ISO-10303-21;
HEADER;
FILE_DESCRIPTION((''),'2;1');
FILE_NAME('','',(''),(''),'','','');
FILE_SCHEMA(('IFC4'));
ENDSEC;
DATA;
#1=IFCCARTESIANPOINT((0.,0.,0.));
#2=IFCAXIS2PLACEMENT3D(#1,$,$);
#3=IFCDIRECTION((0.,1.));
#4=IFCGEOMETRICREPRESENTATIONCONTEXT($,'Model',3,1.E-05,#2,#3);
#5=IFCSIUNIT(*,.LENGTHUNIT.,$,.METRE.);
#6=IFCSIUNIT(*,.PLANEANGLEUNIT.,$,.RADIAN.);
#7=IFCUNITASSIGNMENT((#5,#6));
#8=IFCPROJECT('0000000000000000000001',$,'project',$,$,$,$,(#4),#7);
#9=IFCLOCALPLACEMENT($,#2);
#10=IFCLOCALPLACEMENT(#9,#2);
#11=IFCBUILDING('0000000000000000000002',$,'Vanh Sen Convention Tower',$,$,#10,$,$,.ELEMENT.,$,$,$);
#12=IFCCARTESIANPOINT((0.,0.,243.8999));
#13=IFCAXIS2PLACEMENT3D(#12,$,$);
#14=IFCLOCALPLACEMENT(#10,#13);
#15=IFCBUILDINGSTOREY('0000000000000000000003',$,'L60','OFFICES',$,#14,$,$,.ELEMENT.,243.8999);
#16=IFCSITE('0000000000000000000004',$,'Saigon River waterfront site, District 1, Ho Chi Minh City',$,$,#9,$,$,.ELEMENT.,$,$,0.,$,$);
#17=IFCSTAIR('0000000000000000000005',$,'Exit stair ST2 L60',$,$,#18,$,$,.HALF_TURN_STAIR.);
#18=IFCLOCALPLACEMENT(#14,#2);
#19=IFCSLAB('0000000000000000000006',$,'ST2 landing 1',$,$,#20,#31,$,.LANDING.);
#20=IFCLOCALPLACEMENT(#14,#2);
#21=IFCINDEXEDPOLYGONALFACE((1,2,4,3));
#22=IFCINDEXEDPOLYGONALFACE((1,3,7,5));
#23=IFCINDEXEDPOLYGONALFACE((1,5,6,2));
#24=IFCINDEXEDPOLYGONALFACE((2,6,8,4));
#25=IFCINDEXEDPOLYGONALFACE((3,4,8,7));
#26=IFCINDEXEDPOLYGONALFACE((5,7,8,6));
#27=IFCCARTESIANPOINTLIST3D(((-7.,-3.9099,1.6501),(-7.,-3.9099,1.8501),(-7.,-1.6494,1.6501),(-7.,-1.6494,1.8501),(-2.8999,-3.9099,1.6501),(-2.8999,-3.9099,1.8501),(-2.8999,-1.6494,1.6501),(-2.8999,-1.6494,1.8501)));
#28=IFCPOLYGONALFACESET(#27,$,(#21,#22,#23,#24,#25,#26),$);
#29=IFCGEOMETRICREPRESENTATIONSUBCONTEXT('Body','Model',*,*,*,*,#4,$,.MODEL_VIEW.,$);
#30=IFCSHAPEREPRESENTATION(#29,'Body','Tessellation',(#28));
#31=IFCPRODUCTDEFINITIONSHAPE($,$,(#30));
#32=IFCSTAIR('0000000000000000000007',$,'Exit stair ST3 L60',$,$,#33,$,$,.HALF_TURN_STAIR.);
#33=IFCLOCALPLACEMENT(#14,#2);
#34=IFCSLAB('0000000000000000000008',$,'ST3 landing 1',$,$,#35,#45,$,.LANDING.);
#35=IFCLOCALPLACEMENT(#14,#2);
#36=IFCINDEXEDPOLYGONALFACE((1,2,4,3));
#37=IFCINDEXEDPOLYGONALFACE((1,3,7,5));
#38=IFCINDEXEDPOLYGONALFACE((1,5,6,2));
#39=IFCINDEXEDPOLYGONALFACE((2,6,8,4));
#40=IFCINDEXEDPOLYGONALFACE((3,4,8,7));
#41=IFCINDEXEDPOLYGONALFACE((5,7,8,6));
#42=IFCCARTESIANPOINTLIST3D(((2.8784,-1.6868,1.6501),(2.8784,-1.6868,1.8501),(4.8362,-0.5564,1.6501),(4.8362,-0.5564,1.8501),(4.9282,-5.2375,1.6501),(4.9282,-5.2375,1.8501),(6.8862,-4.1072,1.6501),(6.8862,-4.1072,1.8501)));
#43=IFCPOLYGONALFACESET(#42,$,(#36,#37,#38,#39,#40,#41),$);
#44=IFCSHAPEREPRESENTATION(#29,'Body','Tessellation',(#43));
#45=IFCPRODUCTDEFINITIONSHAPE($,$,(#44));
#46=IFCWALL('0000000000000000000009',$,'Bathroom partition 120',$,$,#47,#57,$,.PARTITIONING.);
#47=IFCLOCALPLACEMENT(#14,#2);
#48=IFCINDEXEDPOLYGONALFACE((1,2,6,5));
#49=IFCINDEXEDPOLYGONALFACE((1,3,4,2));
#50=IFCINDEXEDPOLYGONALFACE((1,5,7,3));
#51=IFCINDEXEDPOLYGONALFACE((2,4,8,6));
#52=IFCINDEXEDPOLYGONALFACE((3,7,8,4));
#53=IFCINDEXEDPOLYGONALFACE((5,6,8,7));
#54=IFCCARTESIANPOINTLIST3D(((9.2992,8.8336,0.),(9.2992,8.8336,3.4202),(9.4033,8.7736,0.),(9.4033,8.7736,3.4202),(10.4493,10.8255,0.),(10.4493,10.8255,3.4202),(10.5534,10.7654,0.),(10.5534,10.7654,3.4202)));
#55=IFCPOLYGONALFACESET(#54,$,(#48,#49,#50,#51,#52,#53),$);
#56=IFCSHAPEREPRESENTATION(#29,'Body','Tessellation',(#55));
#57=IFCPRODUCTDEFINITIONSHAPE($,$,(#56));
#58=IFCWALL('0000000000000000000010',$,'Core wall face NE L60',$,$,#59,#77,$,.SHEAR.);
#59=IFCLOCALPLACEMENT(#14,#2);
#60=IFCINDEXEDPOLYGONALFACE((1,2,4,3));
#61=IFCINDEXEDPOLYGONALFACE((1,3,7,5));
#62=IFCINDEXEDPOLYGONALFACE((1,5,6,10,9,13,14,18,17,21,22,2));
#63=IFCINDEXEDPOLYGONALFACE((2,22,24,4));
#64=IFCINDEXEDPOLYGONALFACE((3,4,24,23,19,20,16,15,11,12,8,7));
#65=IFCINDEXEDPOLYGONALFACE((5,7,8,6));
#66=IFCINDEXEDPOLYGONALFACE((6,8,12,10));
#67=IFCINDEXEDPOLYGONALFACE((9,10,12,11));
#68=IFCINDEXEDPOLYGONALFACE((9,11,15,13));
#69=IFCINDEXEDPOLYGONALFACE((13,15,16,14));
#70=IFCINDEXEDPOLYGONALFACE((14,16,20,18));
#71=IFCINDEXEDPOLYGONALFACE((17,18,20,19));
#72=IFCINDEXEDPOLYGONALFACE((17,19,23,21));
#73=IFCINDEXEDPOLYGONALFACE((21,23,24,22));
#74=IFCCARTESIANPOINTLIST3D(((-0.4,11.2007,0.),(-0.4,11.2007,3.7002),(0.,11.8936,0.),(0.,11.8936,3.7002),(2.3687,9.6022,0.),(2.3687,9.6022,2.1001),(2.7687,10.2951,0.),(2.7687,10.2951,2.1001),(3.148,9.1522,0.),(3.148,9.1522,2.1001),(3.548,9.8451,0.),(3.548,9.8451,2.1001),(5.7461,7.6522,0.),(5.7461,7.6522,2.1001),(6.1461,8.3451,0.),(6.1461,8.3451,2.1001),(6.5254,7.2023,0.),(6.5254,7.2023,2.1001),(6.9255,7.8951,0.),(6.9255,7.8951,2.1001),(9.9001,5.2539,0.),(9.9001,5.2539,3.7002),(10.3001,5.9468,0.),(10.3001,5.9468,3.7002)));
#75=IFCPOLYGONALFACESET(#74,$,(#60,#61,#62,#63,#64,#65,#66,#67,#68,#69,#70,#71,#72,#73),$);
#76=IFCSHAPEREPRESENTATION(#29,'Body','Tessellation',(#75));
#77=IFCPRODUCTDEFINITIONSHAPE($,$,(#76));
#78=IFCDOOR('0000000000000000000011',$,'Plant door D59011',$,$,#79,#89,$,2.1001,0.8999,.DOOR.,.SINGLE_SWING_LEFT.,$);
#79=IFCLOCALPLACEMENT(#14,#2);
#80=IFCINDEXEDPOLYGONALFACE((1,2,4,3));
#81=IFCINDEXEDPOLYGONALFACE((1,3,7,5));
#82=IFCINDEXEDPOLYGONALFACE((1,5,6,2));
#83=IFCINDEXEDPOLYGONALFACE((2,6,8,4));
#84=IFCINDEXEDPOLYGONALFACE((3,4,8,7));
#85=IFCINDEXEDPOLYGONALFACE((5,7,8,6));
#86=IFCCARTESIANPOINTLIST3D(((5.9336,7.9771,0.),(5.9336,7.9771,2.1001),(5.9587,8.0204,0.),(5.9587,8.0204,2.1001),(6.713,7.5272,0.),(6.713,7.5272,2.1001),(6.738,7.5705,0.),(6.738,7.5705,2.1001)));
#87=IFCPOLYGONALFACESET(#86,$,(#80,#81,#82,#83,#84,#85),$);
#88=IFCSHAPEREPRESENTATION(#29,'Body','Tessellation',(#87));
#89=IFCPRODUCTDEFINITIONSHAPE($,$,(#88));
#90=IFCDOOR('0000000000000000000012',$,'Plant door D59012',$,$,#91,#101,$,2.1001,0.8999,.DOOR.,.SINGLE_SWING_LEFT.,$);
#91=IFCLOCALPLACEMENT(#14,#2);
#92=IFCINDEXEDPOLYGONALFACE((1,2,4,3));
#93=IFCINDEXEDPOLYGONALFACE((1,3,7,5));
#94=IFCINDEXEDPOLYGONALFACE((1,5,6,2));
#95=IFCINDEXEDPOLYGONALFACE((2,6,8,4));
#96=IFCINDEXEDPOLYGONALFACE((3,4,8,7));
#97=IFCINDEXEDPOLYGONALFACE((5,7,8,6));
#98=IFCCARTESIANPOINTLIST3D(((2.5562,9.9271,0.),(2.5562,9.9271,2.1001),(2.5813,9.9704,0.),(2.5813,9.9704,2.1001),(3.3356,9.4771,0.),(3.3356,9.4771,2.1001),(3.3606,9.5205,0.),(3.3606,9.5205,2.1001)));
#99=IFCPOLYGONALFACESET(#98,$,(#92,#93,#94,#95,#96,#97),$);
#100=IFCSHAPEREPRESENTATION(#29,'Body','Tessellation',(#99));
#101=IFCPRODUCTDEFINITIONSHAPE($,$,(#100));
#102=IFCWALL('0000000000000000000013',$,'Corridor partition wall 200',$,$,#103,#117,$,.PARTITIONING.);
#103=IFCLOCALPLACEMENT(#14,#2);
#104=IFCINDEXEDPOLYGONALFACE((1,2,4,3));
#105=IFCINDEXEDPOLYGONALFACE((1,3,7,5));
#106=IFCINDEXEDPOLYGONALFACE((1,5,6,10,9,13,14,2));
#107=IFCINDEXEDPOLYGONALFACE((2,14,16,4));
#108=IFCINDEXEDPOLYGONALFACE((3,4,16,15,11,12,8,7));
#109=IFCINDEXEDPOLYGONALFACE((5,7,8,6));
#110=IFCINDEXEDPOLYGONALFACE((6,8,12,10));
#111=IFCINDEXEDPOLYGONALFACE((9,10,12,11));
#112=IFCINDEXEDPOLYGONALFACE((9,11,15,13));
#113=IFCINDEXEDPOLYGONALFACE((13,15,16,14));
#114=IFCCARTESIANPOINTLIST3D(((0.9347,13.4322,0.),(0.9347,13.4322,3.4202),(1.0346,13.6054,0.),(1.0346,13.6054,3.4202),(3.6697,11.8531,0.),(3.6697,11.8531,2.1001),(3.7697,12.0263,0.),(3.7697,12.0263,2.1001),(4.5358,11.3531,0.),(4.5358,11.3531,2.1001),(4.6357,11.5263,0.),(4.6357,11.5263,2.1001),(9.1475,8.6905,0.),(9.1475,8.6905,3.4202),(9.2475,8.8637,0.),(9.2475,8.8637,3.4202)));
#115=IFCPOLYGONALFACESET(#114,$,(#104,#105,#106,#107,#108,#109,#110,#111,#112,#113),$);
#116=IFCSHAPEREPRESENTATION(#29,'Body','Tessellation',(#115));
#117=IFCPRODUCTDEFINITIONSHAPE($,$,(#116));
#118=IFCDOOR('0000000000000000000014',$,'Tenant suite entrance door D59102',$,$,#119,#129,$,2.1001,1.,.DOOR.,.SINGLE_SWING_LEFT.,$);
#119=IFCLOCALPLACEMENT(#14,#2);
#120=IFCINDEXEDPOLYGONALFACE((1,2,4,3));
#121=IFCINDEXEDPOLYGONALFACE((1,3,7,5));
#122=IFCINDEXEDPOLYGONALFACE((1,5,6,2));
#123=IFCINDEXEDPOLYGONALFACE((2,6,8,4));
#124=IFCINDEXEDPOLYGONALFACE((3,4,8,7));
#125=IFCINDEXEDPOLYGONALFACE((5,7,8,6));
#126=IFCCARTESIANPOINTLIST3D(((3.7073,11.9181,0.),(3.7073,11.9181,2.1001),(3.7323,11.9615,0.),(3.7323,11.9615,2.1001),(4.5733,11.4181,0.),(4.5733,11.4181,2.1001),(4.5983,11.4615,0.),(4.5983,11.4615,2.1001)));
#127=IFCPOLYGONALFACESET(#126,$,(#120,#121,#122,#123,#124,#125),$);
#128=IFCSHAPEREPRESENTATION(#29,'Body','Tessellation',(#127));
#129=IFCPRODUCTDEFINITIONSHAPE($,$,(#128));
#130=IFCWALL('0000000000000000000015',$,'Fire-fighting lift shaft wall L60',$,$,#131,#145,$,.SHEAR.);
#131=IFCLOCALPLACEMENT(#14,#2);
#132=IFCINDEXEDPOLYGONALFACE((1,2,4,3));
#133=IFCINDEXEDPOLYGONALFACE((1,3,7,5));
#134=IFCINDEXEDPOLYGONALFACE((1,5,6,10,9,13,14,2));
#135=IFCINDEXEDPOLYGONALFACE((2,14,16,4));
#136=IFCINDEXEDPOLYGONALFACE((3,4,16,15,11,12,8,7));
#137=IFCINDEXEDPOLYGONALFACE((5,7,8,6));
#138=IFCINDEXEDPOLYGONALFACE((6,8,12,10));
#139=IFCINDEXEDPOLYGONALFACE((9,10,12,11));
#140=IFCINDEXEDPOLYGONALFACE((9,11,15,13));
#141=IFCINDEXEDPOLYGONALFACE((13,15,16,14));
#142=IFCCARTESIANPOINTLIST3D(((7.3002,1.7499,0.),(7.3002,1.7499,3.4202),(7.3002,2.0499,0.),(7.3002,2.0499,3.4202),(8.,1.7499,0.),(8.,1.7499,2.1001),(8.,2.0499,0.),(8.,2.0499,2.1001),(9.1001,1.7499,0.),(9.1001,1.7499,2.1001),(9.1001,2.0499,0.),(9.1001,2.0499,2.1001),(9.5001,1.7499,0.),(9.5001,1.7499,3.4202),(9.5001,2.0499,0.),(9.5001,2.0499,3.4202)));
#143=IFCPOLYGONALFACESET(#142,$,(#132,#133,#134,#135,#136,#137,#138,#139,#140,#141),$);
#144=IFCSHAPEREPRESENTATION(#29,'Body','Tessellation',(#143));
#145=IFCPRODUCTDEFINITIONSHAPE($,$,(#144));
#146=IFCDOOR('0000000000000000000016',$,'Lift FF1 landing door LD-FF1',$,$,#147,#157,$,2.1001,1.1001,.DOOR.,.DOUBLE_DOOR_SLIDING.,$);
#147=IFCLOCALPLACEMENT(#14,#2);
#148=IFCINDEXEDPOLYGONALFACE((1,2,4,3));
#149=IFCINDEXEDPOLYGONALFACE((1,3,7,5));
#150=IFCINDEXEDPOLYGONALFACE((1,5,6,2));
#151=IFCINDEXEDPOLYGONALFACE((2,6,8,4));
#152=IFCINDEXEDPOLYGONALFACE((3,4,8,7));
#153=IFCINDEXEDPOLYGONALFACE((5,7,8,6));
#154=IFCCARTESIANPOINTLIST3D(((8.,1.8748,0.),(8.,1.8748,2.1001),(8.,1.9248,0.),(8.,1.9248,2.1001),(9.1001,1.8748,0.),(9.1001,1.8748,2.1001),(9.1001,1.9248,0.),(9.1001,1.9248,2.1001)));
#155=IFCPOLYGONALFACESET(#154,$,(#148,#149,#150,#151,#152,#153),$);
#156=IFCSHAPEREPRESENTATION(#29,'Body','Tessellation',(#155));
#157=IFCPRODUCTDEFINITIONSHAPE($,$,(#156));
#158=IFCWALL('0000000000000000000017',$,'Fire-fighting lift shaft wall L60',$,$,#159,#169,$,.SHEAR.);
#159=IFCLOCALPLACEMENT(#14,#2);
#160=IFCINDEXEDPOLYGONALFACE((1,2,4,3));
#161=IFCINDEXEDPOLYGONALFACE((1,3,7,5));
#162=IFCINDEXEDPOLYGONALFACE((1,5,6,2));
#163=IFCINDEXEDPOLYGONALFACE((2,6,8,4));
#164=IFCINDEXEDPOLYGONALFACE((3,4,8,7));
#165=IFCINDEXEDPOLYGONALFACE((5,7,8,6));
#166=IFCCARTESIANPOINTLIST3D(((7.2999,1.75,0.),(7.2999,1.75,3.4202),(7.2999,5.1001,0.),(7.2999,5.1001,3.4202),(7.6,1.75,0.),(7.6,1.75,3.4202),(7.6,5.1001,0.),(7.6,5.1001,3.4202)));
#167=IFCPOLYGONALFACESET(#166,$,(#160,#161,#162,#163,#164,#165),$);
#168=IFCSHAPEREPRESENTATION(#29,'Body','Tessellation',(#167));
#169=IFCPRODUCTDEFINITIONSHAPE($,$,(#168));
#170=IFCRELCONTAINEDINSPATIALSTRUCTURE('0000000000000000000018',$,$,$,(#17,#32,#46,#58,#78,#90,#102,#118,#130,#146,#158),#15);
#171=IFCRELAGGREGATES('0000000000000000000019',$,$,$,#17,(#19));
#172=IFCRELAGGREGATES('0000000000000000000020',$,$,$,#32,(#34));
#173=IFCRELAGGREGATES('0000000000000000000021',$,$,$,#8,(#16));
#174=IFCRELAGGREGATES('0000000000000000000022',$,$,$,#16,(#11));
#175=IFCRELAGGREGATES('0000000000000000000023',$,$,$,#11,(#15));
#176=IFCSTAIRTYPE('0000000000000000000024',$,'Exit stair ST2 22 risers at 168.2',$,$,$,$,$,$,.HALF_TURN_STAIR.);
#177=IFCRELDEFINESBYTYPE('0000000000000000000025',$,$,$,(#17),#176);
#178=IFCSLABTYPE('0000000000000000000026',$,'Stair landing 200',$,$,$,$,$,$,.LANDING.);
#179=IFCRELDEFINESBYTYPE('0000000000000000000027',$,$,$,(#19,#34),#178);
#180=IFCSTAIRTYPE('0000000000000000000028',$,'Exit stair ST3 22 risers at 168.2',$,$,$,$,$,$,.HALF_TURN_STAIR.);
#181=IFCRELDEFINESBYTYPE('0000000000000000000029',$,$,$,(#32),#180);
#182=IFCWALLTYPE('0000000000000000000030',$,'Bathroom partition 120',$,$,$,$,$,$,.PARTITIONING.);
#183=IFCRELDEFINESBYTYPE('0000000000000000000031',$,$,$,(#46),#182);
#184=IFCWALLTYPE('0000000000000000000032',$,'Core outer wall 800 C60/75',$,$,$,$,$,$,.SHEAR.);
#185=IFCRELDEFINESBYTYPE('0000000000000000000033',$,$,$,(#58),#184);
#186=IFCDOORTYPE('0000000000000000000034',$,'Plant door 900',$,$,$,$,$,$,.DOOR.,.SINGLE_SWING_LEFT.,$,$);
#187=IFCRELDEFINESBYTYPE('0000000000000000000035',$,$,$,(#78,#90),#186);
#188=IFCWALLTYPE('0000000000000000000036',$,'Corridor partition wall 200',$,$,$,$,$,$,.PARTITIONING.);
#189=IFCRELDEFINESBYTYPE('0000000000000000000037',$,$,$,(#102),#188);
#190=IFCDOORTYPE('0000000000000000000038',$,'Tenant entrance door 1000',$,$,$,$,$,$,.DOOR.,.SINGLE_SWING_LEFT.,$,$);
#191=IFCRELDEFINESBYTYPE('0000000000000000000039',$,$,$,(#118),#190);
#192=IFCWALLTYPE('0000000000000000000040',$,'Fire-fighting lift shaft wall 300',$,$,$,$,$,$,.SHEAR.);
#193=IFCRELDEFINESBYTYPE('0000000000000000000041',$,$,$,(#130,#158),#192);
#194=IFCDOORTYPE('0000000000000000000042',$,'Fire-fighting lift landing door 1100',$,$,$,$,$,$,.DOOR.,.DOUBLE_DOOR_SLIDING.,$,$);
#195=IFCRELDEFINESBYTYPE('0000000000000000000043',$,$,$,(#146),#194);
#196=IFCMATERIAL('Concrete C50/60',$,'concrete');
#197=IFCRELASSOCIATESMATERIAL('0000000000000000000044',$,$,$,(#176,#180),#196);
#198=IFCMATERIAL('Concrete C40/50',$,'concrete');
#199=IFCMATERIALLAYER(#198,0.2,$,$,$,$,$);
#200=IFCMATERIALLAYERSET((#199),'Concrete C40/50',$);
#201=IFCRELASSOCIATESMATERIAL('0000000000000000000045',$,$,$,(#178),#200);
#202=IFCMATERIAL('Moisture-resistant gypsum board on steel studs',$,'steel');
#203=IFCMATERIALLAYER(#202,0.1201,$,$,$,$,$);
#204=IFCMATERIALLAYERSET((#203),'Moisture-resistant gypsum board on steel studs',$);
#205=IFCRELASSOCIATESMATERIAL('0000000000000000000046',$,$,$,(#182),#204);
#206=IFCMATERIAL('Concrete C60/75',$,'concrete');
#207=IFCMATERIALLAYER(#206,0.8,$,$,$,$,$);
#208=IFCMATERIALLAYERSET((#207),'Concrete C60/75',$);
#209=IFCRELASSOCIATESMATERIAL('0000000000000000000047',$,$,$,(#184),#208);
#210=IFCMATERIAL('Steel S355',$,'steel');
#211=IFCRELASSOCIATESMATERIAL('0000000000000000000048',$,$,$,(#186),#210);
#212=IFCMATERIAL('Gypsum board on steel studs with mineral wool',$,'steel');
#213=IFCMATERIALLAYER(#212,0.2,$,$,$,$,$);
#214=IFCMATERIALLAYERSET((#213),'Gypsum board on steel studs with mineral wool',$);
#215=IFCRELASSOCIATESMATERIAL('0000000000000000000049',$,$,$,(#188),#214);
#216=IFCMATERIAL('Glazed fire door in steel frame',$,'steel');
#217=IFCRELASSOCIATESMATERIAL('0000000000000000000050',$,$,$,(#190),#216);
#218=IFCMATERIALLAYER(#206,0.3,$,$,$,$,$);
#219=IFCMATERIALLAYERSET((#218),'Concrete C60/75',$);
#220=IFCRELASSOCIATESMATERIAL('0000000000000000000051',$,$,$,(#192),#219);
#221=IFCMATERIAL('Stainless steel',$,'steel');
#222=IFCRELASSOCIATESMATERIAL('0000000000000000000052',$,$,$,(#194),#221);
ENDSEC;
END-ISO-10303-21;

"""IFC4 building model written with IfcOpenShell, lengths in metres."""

from ifc_helpers import new_model, si_unit, direction, frame, frame_2d, origin, place, context, subcontext, project, spatial, polyline, rectangle, outline, extrude, material, layer, layer_set, type_object, element, fill, aggregate, save


model = new_model("IFC4")

# Units and contexts
model_context = context("Model", 3, precision=1e-05, world=origin(), true_north=direction((0.0, 1.0)))
body_context = subcontext(model_context, "Body", "Model", "MODEL_VIEW")
ifc_project = project(units=[si_unit("LENGTHUNIT", "METRE"), si_unit("PLANEANGLEUNIT", "RADIAN")], contexts=[model_context])

# Site, building, storey
site_placement = place(None, origin())
site = spatial("IfcSite", under=ifc_project, at=site_placement, Name="Saigon River waterfront site, District 1, Ho Chi Minh City", CompositionType="ELEMENT", RefElevation=0.0)
building_placement = place(site_placement, origin())
building = spatial("IfcBuilding", under=site, at=building_placement, Name="Vanh Sen Convention Tower", CompositionType="ELEMENT")
storey_placement = place(building_placement, frame((0.0, 0.0, 243.8999)))
storey = spatial("IfcBuildingStorey", under=building, at=storey_placement, Name="L60", Description="OFFICES", CompositionType="ELEMENT", Elevation=243.8999)

# Stairs, slabs
ifc_material_1 = material(Name="Concrete C50/60", Category="concrete")
stair_type_1 = type_object("IfcStairType", Name="Exit stair ST2 22 risers at 168.2", PredefinedType="HALF_TURN_STAIR", material=ifc_material_1)
stair_1_placement = place(storey_placement, origin())
stair_1 = element("IfcStair", 1, at=stair_1_placement, inside=storey, type_object=stair_type_1, Name="Exit stair ST2 L60", PredefinedType="HALF_TURN_STAIR")
ifc_material_2 = material(Name="Concrete C40/50", Category="concrete")
ifc_layer_1 = layer(ifc_material_2, 0.2)
ifc_layer_set_1 = layer_set([ifc_layer_1], Name="Concrete C40/50")
slab_type = type_object("IfcSlabType", Name="Stair landing 200", PredefinedType="LANDING", material=ifc_layer_set_1)
slab_1_placement = place(storey_placement, frame((0.0, 0.0, 1.6501)))
slab_1 = element("IfcSlab", 2, at=slab_1_placement, type_object=slab_type, Name="ST2 landing 1", PredefinedType="LANDING", context=body_context, shape_type="SweptSolid", body=[
    extrude(outline(polyline([(-7.0, -1.6494), (-7.0, -3.9099), (-2.8999, -3.9099), (-2.8999, -1.6494), (-7.0, -1.6494)])), origin(), (0.0, 0.0, 1.0), 0.2),
])
aggregate(stair_1, [slab_1])
stair_type_2 = type_object("IfcStairType", Name="Exit stair ST3 22 risers at 168.2", PredefinedType="HALF_TURN_STAIR", material=ifc_material_1)
stair_2_placement = place(storey_placement, origin())
stair_2 = element("IfcStair", 3, at=stair_2_placement, inside=storey, type_object=stair_type_2, Name="Exit stair ST3 L60", PredefinedType="HALF_TURN_STAIR")
slab_2_placement = place(storey_placement, frame((0.0, 0.0, 1.6501)))
slab_2 = element("IfcSlab", 4, at=slab_2_placement, type_object=slab_type, Name="ST3 landing 1", PredefinedType="LANDING", context=body_context, shape_type="SweptSolid", body=[
    extrude(outline(polyline([(4.9282, -5.2375), (6.8862, -4.1072), (4.8362, -0.5564), (2.8784, -1.6868), (4.9282, -5.2375)])), origin(), (0.0, 0.0, 1.0), 0.2),
])
aggregate(stair_2, [slab_2])

# Wall
ifc_material_3 = material(Name="Moisture-resistant gypsum board on steel studs", Category="steel")
ifc_layer_2 = layer(ifc_material_3, 0.1201)
ifc_layer_set_2 = layer_set([ifc_layer_2], Name="Moisture-resistant gypsum board on steel studs")
wall_type_1 = type_object("IfcWallType", Name="Bathroom partition 120", PredefinedType="PARTITIONING", material=ifc_layer_set_2)
wall_1_placement = place(storey_placement, frame((9.3513, 8.8037, 0.0), z_axis=(0.0, 0.0, 1.0), x_axis=(0.500032, 0.866007, 0.0)))
element("IfcWall", 5, at=wall_1_placement, inside=storey, type_object=wall_type_1, Name="Bathroom partition 120", PredefinedType="PARTITIONING", context=body_context, shape_type="SweptSolid", body=[
    extrude(rectangle(XDim=2.3, YDim=0.1201, at=frame_2d((1.1499, 0.0))), origin(), (0.0, 0.0, 1.0), 3.4202),
])

# Wall, openings, doors
ifc_material_4 = material(Name="Concrete C60/75", Category="concrete")
ifc_layer_3 = layer(ifc_material_4, 0.8)
ifc_layer_set_3 = layer_set([ifc_layer_3], Name="Concrete C60/75")
wall_type_2 = type_object("IfcWallType", Name="Core outer wall 800 C60/75", PredefinedType="SHEAR", material=ifc_layer_set_3)
wall_2_placement = place(storey_placement, frame((10.1001, 5.6003, 0.0), z_axis=(0.0, 0.0, 1.0), x_axis=(-0.866024, 0.500003, 0.0)))
wall_2 = element("IfcWall", 6, at=wall_2_placement, inside=storey, type_object=wall_type_2, Name="Core wall face NE L60", PredefinedType="SHEAR", context=body_context, shape_type="SweptSolid", body=[
    extrude(rectangle(XDim=11.8936, YDim=0.8, at=frame_2d((5.9468, 0.0))), origin(), (0.0, 0.0, 1.0), 3.7002),
])
opening_1_placement = place(wall_2_placement, frame((3.8967, 0.0, 0.0)))
opening_1 = element("IfcOpeningElement", 7, at=opening_1_placement, cuts=wall_2, PredefinedType="OPENING", context=body_context, shape_type="SweptSolid", body=[
    extrude(rectangle(XDim=0.8999, YDim=2.1001, at=frame_2d((0.45, 1.05))), frame((0.0, 0.4099, 0.0), z_axis=(0.0, -1.0, 0.0), x_axis=(1.0, 0.0, 0.0)), (0.0, 0.0, 1.0), 0.8201),
])
opening_2_placement = place(wall_2_placement, frame((7.7966, 0.0, 0.0)))
opening_2 = element("IfcOpeningElement", 8, at=opening_2_placement, cuts=wall_2, PredefinedType="OPENING", context=body_context, shape_type="SweptSolid", body=[
    extrude(rectangle(XDim=0.8999, YDim=2.1001, at=frame_2d((0.45, 1.05))), frame((0.0, 0.4099, 0.0), z_axis=(0.0, -1.0, 0.0), x_axis=(1.0, 0.0, 0.0)), (0.0, 0.0, 1.0), 0.8201),
])
ifc_material_5 = material(Name="Steel S355", Category="steel")
door_type_1 = type_object("IfcDoorType", Name="Plant door 900", OperationType="SINGLE_SWING_LEFT", PredefinedType="DOOR", material=ifc_material_5)
door_1_placement = place(opening_1_placement, origin())
door_1 = element("IfcDoor", 9, at=door_1_placement, inside=storey, type_object=door_type_1, Name="Plant door D59011", OperationType="SINGLE_SWING_LEFT", OverallHeight=2.1001, OverallWidth=0.8999, PredefinedType="DOOR", context=body_context, shape_type="SweptSolid", body=[
    extrude(rectangle(XDim=0.8999, YDim=2.1001, at=frame_2d((0.45, 1.05))), frame((0.0, 0.0249, 0.0), z_axis=(0.0, -1.0, 0.0), x_axis=(1.0, 0.0, 0.0)), (0.0, 0.0, 1.0), 0.05),
])
fill(opening_1, door_1)
door_2_placement = place(opening_2_placement, origin())
door_2 = element("IfcDoor", 10, at=door_2_placement, inside=storey, type_object=door_type_1, Name="Plant door D59012", OperationType="SINGLE_SWING_LEFT", OverallHeight=2.1001, OverallWidth=0.8999, PredefinedType="DOOR", context=body_context, shape_type="SweptSolid", body=[
    extrude(rectangle(XDim=0.8999, YDim=2.1001, at=frame_2d((0.45, 1.05))), frame((0.0, 0.0249, 0.0), z_axis=(0.0, -1.0, 0.0), x_axis=(1.0, 0.0, 0.0)), (0.0, 0.0, 1.0), 0.05),
])
fill(opening_2, door_2)

# Walls, openings, doors
ifc_material_6 = material(Name="Gypsum board on steel studs with mineral wool", Category="steel")
ifc_layer_4 = layer(ifc_material_6, 0.2)
ifc_layer_set_4 = layer_set([ifc_layer_4], Name="Gypsum board on steel studs with mineral wool")
wall_type_3 = type_object("IfcWallType", Name="Corridor partition wall 200", PredefinedType="PARTITIONING", material=ifc_layer_set_4)
wall_3_placement = place(storey_placement, frame((9.1975, 8.7771, 0.0), z_axis=(0.0, 0.0, 1.0), x_axis=(-0.866026, 0.499999, 0.0)))
wall_3 = element("IfcWall", 11, at=wall_3_placement, inside=storey, type_object=wall_type_3, Name="Corridor partition wall 200", PredefinedType="PARTITIONING", context=body_context, shape_type="SweptSolid", body=[
    extrude(rectangle(XDim=9.4834, YDim=0.2, at=frame_2d((4.7417, 0.0))), origin(), (0.0, 0.0, 1.0), 3.4202),
])
opening_3_placement = place(wall_3_placement, frame((5.3252, 0.0, 0.0)))
opening_3 = element("IfcOpeningElement", 12, at=opening_3_placement, cuts=wall_3, PredefinedType="OPENING", context=body_context, shape_type="SweptSolid", body=[
    extrude(rectangle(XDim=1.0, YDim=2.1001, at=frame_2d((0.5, 1.05))), frame((0.0, 0.1099, 0.0), z_axis=(0.0, -1.0, 0.0), x_axis=(1.0, 0.0, 0.0)), (0.0, 0.0, 1.0), 0.22),
])
ifc_material_7 = material(Name="Glazed fire door in steel frame", Category="steel")
door_type_2 = type_object("IfcDoorType", Name="Tenant entrance door 1000", OperationType="SINGLE_SWING_LEFT", PredefinedType="DOOR", material=ifc_material_7)
door_3_placement = place(opening_3_placement, origin())
door_3 = element("IfcDoor", 13, at=door_3_placement, inside=storey, type_object=door_type_2, Name="Tenant suite entrance door D59102", OperationType="SINGLE_SWING_LEFT", OverallHeight=2.1001, OverallWidth=1.0, PredefinedType="DOOR", context=body_context, shape_type="SweptSolid", body=[
    extrude(rectangle(XDim=1.0, YDim=2.1001, at=frame_2d((0.5, 1.05))), frame((0.0, 0.0249, 0.0), z_axis=(0.0, -1.0, 0.0), x_axis=(1.0, 0.0, 0.0)), (0.0, 0.0, 1.0), 0.05),
])
fill(opening_3, door_3)
ifc_layer_5 = layer(ifc_material_4, 0.3)
ifc_layer_set_5 = layer_set([ifc_layer_5], Name="Concrete C60/75")
wall_type_4 = type_object("IfcWallType", Name="Fire-fighting lift shaft wall 300", PredefinedType="SHEAR", material=ifc_layer_set_5)
wall_4_placement = place(storey_placement, frame((7.3, 1.8999, 0.0), z_axis=(0.0, 0.0, 1.0), x_axis=(1.0, 0.0, 0.0)))
wall_4 = element("IfcWall", 14, at=wall_4_placement, inside=storey, type_object=wall_type_4, Name="Fire-fighting lift shaft wall L60", PredefinedType="SHEAR", context=body_context, shape_type="SweptSolid", body=[
    extrude(rectangle(XDim=2.2, YDim=0.3, at=frame_2d((1.1001, 0.0))), origin(), (0.0, 0.0, 1.0), 3.4202),
])
opening_4_placement = place(wall_4_placement, frame((0.7, 0.0, 0.0)))
opening_4 = element("IfcOpeningElement", 15, at=opening_4_placement, cuts=wall_4, PredefinedType="OPENING", context=body_context, shape_type="SweptSolid", body=[
    extrude(rectangle(XDim=1.1001, YDim=2.1001, at=frame_2d((0.55, 1.05))), frame((0.0, 0.1599, 0.0), z_axis=(0.0, -1.0, 0.0), x_axis=(1.0, 0.0, 0.0)), (0.0, 0.0, 1.0), 0.3201),
])
ifc_material_8 = material(Name="Stainless steel", Category="steel")
door_type_3 = type_object("IfcDoorType", Name="Fire-fighting lift landing door 1100", OperationType="DOUBLE_DOOR_SLIDING", PredefinedType="DOOR", material=ifc_material_8)
door_4_placement = place(opening_4_placement, origin())
door_4 = element("IfcDoor", 16, at=door_4_placement, inside=storey, type_object=door_type_3, Name="Lift FF1 landing door LD-FF1", OperationType="DOUBLE_DOOR_SLIDING", OverallHeight=2.1001, OverallWidth=1.1001, PredefinedType="DOOR", context=body_context, shape_type="SweptSolid", body=[
    extrude(rectangle(XDim=1.1001, YDim=2.1001, at=frame_2d((0.55, 1.05))), frame((0.0, 0.0249, 0.0), z_axis=(0.0, -1.0, 0.0), x_axis=(1.0, 0.0, 0.0)), (0.0, 0.0, 1.0), 0.05),
])
fill(opening_4, door_4)

# Wall
wall_5_placement = place(storey_placement, frame((7.45, 1.75, 0.0), z_axis=(0.0, 0.0, 1.0), x_axis=(0.0, 1.0, 0.0)))
element("IfcWall", 17, at=wall_5_placement, inside=storey, type_object=wall_type_4, Name="Fire-fighting lift shaft wall L60", PredefinedType="SHEAR", context=body_context, shape_type="SweptSolid", body=[
    extrude(rectangle(XDim=3.3501, YDim=0.3, at=frame_2d((1.675, 0.0))), origin(), (0.0, 0.0, 1.0), 3.4202),
])

save(model, "model.ifc")
